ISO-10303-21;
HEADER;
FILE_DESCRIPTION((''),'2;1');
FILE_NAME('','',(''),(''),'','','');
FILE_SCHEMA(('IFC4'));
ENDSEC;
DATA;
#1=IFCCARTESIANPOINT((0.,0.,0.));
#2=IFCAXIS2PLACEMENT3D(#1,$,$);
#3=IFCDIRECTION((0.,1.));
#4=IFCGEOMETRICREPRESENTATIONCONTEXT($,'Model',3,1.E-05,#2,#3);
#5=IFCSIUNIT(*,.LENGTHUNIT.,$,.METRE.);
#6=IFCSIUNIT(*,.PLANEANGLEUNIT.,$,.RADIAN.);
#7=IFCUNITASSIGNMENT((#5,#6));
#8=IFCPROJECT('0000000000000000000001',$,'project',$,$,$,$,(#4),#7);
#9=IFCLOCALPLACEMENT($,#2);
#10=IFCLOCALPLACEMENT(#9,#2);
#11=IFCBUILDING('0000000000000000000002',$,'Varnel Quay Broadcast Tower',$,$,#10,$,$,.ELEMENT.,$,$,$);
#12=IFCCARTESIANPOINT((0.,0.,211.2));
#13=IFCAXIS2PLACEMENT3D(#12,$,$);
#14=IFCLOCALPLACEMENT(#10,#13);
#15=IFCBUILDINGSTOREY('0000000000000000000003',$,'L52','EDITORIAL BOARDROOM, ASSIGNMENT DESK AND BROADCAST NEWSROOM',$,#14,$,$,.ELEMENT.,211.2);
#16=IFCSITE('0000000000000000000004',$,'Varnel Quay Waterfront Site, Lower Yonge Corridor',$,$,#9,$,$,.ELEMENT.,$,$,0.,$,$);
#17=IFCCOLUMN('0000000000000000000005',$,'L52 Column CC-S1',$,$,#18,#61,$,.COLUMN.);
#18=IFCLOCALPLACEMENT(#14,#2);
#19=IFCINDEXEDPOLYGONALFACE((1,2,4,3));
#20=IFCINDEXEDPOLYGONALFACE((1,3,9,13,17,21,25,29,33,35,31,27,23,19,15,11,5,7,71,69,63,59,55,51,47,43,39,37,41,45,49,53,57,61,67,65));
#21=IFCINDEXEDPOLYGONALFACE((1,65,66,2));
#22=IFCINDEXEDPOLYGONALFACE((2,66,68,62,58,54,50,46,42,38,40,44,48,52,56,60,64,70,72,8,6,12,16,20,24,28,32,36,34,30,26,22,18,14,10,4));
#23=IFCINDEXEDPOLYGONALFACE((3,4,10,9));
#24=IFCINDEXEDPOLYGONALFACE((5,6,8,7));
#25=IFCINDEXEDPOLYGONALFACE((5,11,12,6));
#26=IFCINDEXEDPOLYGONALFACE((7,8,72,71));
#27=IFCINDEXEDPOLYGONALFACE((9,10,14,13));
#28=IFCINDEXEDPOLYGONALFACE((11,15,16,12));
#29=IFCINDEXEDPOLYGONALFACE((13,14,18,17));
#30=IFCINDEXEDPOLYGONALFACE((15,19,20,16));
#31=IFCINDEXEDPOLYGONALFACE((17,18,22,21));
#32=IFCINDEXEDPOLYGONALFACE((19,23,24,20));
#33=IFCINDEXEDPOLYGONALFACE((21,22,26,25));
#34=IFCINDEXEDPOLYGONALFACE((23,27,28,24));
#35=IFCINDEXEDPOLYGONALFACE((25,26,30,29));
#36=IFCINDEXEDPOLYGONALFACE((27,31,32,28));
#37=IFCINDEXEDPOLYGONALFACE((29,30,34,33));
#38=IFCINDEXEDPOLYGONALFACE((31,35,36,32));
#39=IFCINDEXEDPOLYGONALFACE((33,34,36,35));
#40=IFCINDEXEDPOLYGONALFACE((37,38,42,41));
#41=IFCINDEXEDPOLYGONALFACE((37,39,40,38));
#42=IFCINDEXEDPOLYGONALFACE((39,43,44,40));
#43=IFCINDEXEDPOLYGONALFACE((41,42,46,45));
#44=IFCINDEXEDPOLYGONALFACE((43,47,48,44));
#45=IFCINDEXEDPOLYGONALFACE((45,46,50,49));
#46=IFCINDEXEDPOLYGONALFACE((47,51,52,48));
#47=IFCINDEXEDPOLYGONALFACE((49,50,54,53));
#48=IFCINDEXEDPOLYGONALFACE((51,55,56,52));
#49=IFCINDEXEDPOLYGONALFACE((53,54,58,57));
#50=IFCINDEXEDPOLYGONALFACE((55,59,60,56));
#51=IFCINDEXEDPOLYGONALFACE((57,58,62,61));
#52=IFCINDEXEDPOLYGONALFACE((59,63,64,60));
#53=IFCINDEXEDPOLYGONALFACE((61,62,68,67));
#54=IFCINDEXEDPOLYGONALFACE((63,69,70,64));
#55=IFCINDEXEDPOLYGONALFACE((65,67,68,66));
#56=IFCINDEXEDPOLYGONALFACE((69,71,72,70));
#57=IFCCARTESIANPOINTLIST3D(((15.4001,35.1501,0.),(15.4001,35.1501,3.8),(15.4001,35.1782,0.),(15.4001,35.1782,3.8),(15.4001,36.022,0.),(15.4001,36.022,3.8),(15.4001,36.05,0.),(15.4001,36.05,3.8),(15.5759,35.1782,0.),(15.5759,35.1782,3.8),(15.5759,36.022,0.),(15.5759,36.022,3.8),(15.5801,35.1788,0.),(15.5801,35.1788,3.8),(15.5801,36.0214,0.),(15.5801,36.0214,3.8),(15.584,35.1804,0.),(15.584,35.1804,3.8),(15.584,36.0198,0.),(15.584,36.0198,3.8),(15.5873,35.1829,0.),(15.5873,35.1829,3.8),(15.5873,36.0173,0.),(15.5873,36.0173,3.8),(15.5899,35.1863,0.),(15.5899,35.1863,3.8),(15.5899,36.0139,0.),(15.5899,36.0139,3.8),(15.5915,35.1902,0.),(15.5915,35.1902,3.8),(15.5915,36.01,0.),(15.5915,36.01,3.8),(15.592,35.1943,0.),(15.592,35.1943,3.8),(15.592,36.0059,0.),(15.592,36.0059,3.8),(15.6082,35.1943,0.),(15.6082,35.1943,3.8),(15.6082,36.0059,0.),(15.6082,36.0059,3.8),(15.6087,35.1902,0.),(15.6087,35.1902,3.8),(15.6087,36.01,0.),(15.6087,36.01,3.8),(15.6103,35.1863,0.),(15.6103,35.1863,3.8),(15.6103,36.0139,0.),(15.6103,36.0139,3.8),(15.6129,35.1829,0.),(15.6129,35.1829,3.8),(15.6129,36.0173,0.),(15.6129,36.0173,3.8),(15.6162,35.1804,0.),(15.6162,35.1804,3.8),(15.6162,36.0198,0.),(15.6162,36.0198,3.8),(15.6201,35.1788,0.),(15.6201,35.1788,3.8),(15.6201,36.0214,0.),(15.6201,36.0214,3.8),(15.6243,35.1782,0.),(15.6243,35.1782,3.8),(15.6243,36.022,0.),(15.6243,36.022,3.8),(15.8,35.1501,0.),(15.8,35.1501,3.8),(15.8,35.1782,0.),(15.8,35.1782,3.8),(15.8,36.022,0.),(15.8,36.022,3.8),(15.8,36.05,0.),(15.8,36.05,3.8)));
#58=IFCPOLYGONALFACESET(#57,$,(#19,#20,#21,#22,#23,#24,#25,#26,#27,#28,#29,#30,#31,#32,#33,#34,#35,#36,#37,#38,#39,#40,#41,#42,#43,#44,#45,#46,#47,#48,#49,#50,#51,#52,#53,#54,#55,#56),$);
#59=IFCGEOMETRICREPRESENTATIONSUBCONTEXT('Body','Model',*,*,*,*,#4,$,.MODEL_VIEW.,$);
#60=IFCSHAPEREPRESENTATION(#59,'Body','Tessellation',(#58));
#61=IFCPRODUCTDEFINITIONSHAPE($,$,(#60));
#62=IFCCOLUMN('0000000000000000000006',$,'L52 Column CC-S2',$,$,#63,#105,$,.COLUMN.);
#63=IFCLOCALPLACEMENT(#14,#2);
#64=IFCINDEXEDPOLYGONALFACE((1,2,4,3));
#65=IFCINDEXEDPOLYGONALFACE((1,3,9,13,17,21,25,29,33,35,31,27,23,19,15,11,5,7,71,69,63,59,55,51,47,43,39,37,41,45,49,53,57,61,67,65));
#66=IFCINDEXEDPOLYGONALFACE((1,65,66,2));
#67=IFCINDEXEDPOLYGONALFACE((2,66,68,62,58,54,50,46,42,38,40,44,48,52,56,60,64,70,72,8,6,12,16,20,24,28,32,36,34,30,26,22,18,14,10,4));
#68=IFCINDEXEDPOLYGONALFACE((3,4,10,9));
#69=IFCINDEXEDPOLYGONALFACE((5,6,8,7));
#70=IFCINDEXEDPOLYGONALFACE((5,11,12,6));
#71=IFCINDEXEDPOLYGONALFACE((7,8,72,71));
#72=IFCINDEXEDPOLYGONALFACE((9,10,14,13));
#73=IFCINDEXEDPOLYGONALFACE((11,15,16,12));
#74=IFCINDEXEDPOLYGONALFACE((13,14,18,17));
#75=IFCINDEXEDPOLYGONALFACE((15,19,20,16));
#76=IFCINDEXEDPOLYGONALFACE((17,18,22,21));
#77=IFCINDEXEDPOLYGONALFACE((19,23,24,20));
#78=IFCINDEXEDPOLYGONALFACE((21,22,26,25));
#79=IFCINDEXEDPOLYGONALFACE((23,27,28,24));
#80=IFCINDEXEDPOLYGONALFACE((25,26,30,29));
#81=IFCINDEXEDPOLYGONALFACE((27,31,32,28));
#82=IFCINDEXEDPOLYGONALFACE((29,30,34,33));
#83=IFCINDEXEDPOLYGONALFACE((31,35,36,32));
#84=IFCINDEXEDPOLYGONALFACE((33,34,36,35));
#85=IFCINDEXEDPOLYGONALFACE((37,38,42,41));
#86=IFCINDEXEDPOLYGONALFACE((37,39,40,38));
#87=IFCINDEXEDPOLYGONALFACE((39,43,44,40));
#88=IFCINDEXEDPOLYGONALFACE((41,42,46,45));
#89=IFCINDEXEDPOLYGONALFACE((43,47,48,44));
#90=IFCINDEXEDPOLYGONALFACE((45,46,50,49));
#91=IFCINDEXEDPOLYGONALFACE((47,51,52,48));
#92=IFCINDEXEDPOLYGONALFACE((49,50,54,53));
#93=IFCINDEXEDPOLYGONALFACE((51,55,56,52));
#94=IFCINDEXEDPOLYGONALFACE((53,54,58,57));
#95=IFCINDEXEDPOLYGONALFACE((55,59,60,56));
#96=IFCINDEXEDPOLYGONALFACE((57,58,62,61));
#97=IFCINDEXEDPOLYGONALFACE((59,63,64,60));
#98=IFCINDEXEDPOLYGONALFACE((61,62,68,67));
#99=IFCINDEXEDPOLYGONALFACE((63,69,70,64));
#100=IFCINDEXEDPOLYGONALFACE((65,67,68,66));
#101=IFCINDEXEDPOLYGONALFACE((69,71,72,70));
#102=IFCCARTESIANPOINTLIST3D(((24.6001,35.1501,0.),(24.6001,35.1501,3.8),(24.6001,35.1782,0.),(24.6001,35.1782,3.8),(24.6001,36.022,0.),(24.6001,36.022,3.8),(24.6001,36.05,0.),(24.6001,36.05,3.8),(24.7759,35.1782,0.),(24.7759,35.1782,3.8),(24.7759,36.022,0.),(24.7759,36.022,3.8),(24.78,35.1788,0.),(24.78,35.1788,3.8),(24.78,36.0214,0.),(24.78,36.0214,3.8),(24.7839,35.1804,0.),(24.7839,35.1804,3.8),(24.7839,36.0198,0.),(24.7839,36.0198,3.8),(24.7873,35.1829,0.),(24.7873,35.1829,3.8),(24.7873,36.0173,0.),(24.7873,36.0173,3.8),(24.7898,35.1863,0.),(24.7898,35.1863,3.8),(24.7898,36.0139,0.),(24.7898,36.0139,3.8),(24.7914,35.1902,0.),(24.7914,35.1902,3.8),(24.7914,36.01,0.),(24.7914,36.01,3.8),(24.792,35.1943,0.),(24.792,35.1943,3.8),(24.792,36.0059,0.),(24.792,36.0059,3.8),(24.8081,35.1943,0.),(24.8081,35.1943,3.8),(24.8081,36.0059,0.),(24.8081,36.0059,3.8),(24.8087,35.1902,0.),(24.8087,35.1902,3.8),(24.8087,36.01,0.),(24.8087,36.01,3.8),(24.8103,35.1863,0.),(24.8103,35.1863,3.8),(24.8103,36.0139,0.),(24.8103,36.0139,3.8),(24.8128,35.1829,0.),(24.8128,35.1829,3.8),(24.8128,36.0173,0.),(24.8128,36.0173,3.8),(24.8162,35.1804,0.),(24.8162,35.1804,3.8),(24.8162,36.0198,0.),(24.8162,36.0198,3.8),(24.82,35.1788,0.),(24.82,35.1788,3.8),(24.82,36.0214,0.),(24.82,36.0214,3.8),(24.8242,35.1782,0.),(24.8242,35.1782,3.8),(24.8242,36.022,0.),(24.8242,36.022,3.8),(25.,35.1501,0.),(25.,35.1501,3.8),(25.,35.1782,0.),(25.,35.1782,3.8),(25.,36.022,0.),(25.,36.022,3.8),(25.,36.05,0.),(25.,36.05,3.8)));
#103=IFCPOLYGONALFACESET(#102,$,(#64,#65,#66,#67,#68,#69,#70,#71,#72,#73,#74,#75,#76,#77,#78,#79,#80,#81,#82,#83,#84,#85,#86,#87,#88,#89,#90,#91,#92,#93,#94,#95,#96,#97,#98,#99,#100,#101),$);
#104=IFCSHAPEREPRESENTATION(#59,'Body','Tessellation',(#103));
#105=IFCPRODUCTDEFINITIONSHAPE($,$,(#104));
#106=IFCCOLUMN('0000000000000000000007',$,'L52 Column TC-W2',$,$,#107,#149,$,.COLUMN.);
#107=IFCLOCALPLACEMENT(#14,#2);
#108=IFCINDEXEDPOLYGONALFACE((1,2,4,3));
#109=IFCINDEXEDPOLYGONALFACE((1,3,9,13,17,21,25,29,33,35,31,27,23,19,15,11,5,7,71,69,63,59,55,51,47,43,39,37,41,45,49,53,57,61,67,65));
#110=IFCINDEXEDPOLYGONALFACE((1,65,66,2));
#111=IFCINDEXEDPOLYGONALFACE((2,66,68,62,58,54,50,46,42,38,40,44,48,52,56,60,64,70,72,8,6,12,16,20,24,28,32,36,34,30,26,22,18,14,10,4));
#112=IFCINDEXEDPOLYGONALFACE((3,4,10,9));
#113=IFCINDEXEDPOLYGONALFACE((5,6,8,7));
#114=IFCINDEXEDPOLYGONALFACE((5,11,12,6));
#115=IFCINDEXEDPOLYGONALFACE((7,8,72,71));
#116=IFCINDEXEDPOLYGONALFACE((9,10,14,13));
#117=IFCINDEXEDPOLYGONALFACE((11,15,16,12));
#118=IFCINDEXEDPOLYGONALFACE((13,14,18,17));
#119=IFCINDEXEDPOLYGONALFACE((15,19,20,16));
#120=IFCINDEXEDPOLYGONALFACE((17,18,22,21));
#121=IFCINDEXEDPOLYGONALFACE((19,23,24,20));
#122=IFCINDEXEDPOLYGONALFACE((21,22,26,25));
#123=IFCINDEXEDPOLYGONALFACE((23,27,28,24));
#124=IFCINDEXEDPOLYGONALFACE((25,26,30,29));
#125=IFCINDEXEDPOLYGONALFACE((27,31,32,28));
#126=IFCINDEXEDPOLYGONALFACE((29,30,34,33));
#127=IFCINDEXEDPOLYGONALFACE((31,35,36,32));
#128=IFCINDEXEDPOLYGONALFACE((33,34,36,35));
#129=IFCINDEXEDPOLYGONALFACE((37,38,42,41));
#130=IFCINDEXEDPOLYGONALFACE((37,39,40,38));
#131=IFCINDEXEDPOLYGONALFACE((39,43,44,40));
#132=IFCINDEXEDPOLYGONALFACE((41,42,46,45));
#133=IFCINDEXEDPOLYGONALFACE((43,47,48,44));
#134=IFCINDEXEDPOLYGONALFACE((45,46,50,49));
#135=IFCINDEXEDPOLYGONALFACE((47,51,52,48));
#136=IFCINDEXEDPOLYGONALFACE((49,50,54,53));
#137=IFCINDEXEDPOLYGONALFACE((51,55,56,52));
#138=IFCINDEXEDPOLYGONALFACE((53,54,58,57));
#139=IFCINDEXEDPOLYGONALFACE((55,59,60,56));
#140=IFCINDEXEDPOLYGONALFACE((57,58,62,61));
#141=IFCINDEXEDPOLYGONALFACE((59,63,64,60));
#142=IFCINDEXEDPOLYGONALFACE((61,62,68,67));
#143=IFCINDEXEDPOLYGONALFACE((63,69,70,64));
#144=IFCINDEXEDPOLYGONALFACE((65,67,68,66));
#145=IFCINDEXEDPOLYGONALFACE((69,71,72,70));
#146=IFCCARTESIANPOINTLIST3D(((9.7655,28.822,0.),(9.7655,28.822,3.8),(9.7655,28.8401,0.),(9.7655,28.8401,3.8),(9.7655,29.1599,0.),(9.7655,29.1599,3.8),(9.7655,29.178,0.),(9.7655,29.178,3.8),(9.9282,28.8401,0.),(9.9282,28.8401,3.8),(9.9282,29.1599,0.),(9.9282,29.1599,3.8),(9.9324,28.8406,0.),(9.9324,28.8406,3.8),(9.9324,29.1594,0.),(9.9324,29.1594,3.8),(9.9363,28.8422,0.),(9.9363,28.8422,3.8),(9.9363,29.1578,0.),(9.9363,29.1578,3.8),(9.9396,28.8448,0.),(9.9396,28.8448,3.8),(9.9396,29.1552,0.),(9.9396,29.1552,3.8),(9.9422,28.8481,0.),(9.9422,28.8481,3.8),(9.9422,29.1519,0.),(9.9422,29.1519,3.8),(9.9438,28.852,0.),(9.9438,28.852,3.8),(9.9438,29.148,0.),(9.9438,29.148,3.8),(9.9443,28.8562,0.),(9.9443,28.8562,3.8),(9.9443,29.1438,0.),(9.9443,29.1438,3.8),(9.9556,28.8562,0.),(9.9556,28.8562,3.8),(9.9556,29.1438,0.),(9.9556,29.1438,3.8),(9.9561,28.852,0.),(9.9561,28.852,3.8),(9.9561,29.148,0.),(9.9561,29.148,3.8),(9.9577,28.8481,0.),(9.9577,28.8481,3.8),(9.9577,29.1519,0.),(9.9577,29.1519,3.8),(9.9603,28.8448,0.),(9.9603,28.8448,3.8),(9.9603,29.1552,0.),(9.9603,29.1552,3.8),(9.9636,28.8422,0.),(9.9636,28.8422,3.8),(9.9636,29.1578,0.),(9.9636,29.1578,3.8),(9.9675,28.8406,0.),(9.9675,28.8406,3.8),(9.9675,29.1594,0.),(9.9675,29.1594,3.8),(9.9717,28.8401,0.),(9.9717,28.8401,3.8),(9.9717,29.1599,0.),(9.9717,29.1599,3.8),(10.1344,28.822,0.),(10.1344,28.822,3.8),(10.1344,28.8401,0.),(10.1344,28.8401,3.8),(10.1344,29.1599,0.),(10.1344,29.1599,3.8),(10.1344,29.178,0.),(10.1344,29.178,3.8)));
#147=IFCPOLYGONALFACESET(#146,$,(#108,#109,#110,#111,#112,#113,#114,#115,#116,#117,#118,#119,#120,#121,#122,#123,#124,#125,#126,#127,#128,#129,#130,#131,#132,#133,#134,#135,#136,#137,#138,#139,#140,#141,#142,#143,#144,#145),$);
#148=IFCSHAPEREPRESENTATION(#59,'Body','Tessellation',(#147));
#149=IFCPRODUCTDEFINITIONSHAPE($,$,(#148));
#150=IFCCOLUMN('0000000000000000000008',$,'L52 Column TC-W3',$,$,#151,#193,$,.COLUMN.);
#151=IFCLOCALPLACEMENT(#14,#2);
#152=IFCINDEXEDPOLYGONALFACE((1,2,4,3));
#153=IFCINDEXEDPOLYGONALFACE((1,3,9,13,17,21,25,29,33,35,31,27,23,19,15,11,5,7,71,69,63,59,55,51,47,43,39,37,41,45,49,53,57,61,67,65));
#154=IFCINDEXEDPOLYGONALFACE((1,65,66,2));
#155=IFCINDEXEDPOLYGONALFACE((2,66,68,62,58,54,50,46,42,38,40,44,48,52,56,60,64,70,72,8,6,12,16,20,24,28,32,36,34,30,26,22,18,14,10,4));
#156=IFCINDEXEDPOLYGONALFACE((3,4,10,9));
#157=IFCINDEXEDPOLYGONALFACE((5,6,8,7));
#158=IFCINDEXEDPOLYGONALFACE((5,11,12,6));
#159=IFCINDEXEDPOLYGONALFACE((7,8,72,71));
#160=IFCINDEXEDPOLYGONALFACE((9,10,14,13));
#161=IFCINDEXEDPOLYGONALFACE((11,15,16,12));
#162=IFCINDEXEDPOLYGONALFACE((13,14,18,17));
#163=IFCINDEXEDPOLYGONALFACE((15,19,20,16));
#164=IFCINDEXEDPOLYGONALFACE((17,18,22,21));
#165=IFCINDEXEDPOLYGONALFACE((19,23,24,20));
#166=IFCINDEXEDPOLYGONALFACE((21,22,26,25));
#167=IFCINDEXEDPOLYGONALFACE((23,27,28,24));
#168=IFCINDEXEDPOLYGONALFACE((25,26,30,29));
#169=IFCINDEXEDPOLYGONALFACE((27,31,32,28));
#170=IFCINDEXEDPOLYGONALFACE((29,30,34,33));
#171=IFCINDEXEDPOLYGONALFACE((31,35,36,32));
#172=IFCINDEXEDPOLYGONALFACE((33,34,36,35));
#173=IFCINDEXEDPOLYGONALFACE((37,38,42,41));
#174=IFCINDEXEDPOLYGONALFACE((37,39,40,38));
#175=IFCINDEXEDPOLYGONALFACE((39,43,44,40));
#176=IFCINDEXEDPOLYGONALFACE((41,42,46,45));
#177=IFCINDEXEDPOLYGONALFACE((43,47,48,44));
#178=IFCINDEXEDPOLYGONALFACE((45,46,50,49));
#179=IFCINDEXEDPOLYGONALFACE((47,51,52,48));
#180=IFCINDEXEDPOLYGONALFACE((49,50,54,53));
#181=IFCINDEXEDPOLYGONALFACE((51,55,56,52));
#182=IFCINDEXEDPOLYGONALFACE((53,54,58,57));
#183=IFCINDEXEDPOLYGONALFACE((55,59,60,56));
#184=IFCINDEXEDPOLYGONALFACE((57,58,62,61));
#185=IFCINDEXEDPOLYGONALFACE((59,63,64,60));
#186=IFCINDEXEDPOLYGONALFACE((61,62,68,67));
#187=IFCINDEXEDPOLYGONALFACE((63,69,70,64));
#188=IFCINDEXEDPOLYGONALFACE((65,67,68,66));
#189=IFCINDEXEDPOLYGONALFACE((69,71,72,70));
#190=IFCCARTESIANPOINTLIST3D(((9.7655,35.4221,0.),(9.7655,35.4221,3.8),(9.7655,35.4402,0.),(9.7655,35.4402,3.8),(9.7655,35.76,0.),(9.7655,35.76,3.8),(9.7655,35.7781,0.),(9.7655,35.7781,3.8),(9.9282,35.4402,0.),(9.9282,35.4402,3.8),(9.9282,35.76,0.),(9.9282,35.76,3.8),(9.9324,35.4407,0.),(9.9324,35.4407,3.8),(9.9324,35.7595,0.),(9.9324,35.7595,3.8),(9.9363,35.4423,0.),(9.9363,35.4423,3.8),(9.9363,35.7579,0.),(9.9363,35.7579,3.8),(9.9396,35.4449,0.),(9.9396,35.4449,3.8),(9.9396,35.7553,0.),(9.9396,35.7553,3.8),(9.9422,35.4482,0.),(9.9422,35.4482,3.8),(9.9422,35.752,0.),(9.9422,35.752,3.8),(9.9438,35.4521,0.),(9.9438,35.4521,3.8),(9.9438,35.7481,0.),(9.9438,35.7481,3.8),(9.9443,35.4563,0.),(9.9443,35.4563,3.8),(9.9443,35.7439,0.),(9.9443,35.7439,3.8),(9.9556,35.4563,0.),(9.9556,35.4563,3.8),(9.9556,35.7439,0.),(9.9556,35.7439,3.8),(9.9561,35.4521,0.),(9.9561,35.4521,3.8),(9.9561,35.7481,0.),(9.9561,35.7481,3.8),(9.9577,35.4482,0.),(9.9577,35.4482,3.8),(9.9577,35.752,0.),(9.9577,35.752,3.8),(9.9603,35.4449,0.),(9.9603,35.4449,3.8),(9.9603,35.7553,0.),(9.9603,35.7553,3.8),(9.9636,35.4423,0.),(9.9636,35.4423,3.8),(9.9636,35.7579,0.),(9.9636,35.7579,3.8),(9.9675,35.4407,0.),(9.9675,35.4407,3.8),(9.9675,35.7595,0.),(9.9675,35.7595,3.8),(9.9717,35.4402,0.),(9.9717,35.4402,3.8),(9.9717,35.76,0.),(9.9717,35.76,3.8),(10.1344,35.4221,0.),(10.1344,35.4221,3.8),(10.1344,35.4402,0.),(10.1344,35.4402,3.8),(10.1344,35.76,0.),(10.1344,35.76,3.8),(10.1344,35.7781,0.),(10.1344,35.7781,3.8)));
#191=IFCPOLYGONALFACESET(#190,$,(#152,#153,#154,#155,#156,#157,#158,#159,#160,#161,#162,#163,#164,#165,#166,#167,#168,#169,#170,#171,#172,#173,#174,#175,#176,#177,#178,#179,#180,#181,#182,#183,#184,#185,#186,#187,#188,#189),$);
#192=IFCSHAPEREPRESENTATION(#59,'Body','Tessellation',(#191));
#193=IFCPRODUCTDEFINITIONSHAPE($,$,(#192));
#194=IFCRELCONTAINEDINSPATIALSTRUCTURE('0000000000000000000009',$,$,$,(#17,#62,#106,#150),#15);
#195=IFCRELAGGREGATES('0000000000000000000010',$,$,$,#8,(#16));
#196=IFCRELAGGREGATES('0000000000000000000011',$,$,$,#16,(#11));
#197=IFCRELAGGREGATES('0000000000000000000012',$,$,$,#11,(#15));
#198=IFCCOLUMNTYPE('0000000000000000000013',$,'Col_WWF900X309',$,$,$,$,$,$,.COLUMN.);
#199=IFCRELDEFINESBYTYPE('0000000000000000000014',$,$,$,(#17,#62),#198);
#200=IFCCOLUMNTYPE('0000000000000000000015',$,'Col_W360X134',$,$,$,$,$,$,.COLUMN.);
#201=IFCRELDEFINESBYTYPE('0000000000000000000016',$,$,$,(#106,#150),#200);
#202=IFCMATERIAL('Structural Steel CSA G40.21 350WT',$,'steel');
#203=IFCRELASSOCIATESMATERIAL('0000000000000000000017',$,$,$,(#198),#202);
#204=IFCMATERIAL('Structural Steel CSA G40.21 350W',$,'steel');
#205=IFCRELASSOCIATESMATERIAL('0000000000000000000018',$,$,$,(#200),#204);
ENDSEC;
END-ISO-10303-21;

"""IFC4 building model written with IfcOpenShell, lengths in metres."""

from ifc_helpers import new_model, si_unit, direction, frame, origin, origin_2d, place, context, subcontext, project, spatial, i_section, extrude, source, transform, mapped, material, material_profile, profile_set, type_object, type_shapes, element, save


model = new_model("IFC4")

# Units and contexts
model_context = context("Model", 3, precision=1e-05, world=origin(), true_north=direction((0.0, 1.0)))
body_context = subcontext(model_context, "Body", "Model", "MODEL_VIEW")
ifc_project = project(units=[si_unit("LENGTHUNIT", "METRE"), si_unit("PLANEANGLEUNIT", "RADIAN")], contexts=[model_context])

# Site, building, storey
site_placement = place(None, origin())
site = spatial("IfcSite", under=ifc_project, at=site_placement, Name="Varnel Quay Waterfront Site, Lower Yonge Corridor", CompositionType="ELEMENT", RefElevation=0.0)
building_placement = place(site_placement, origin())
building = spatial("IfcBuilding", under=site, at=building_placement, Name="Varnel Quay Broadcast Tower", CompositionType="ELEMENT")
storey_placement = place(building_placement, frame((0.0, 0.0, 211.2)))
storey = spatial("IfcBuildingStorey", under=building, at=storey_placement, Name="L52", Description="EDITORIAL BOARDROOM, ASSIGNMENT DESK AND BROADCAST NEWSROOM", CompositionType="ELEMENT", Elevation=211.2)

# Columns
ifc_material_1 = material(Name="Structural Steel CSA G40.21 350WT", Category="steel")
ifc_material_profile_1 = material_profile(ifc_material_1, i_section(OverallWidth=0.3999, OverallDepth=0.8999, WebThickness=0.0161, FlangeThickness=0.0281, FilletRadius=0.0161, at=origin_2d()), Name="WWF900X309")
ifc_profile_set_1 = profile_set([ifc_material_profile_1], Name="Structural Steel CSA G40.21 350WT")
column_type_1 = type_object("IfcColumnType", Name="Col_WWF900X309", PredefinedType="COLUMN", material=ifc_profile_set_1)
shared_shape_1 = source(origin(), body_context, "Body", "SweptSolid", [
    extrude(i_section(OverallWidth=0.3999, OverallDepth=0.8999, WebThickness=0.0161, FlangeThickness=0.0281, FilletRadius=0.0161, at=origin_2d()), origin(), (0.0, 0.0, 1.0), 3.8),
])
type_shapes(column_type_1, [shared_shape_1])
for number, where, z_axis, x_axis, name in (
    (1, (15.6001, 35.6001, 0.0), (0.0, 0.0, 1.0), (1.0, 0.0, 0.0), "L52 Column CC-S1"),
    (2, (24.8, 35.6001, 0.0), (0.0, 0.0, 1.0), (1.0, 0.0, 0.0), "L52 Column CC-S2"),
):
    element("IfcColumn", number, at=place(storey_placement, frame(where, z_axis=z_axis, x_axis=x_axis)), inside=storey, type_object=column_type_1, Name=name, PredefinedType="COLUMN", context=body_context, shape_type="MappedRepresentation", body=[
        mapped(shared_shape_1, transform((0.0, 0.0, 0.0), x_axis=(1.0, 0.0, 0.0), y_axis=(0.0, 1.0, 0.0), z_axis=(0.0, 0.0, 1.0), scale=1.0)),
    ])
ifc_material_2 = material(Name="Structural Steel CSA G40.21 350W", Category="steel")
ifc_material_profile_2 = material_profile(ifc_material_2, i_section(OverallWidth=0.3689, OverallDepth=0.356, WebThickness=0.0112, FlangeThickness=0.0181, FilletRadius=0.0161, at=origin_2d()), Name="W360X134")
ifc_profile_set_2 = profile_set([ifc_material_profile_2], Name="Structural Steel CSA G40.21 350W")
column_type_2 = type_object("IfcColumnType", Name="Col_W360X134", PredefinedType="COLUMN", material=ifc_profile_set_2)
shared_shape_2 = source(origin(), body_context, "Body", "SweptSolid", [
    extrude(i_section(OverallWidth=0.3689, OverallDepth=0.356, WebThickness=0.0112, FlangeThickness=0.0181, FilletRadius=0.0161, at=origin_2d()), origin(), (0.0, 0.0, 1.0), 3.8),
])
type_shapes(column_type_2, [shared_shape_2])
for number, where, z_axis, x_axis, name in (
    (3, (9.95, 29.0, 0.0), (0.0, 0.0, 1.0), (1.0, 0.0, 0.0), "L52 Column TC-W2"),
    (4, (9.95, 35.6001, 0.0), (0.0, 0.0, 1.0), (1.0, 0.0, 0.0), "L52 Column TC-W3"),
):
    element("IfcColumn", number, at=place(storey_placement, frame(where, z_axis=z_axis, x_axis=x_axis)), inside=storey, type_object=column_type_2, Name=name, PredefinedType="COLUMN", context=body_context, shape_type="MappedRepresentation", body=[
        mapped(shared_shape_2, transform((0.0, 0.0, 0.0), x_axis=(1.0, 0.0, 0.0), y_axis=(0.0, 1.0, 0.0), z_axis=(0.0, 0.0, 1.0), scale=1.0)),
    ])

save(model, "model.ifc")
